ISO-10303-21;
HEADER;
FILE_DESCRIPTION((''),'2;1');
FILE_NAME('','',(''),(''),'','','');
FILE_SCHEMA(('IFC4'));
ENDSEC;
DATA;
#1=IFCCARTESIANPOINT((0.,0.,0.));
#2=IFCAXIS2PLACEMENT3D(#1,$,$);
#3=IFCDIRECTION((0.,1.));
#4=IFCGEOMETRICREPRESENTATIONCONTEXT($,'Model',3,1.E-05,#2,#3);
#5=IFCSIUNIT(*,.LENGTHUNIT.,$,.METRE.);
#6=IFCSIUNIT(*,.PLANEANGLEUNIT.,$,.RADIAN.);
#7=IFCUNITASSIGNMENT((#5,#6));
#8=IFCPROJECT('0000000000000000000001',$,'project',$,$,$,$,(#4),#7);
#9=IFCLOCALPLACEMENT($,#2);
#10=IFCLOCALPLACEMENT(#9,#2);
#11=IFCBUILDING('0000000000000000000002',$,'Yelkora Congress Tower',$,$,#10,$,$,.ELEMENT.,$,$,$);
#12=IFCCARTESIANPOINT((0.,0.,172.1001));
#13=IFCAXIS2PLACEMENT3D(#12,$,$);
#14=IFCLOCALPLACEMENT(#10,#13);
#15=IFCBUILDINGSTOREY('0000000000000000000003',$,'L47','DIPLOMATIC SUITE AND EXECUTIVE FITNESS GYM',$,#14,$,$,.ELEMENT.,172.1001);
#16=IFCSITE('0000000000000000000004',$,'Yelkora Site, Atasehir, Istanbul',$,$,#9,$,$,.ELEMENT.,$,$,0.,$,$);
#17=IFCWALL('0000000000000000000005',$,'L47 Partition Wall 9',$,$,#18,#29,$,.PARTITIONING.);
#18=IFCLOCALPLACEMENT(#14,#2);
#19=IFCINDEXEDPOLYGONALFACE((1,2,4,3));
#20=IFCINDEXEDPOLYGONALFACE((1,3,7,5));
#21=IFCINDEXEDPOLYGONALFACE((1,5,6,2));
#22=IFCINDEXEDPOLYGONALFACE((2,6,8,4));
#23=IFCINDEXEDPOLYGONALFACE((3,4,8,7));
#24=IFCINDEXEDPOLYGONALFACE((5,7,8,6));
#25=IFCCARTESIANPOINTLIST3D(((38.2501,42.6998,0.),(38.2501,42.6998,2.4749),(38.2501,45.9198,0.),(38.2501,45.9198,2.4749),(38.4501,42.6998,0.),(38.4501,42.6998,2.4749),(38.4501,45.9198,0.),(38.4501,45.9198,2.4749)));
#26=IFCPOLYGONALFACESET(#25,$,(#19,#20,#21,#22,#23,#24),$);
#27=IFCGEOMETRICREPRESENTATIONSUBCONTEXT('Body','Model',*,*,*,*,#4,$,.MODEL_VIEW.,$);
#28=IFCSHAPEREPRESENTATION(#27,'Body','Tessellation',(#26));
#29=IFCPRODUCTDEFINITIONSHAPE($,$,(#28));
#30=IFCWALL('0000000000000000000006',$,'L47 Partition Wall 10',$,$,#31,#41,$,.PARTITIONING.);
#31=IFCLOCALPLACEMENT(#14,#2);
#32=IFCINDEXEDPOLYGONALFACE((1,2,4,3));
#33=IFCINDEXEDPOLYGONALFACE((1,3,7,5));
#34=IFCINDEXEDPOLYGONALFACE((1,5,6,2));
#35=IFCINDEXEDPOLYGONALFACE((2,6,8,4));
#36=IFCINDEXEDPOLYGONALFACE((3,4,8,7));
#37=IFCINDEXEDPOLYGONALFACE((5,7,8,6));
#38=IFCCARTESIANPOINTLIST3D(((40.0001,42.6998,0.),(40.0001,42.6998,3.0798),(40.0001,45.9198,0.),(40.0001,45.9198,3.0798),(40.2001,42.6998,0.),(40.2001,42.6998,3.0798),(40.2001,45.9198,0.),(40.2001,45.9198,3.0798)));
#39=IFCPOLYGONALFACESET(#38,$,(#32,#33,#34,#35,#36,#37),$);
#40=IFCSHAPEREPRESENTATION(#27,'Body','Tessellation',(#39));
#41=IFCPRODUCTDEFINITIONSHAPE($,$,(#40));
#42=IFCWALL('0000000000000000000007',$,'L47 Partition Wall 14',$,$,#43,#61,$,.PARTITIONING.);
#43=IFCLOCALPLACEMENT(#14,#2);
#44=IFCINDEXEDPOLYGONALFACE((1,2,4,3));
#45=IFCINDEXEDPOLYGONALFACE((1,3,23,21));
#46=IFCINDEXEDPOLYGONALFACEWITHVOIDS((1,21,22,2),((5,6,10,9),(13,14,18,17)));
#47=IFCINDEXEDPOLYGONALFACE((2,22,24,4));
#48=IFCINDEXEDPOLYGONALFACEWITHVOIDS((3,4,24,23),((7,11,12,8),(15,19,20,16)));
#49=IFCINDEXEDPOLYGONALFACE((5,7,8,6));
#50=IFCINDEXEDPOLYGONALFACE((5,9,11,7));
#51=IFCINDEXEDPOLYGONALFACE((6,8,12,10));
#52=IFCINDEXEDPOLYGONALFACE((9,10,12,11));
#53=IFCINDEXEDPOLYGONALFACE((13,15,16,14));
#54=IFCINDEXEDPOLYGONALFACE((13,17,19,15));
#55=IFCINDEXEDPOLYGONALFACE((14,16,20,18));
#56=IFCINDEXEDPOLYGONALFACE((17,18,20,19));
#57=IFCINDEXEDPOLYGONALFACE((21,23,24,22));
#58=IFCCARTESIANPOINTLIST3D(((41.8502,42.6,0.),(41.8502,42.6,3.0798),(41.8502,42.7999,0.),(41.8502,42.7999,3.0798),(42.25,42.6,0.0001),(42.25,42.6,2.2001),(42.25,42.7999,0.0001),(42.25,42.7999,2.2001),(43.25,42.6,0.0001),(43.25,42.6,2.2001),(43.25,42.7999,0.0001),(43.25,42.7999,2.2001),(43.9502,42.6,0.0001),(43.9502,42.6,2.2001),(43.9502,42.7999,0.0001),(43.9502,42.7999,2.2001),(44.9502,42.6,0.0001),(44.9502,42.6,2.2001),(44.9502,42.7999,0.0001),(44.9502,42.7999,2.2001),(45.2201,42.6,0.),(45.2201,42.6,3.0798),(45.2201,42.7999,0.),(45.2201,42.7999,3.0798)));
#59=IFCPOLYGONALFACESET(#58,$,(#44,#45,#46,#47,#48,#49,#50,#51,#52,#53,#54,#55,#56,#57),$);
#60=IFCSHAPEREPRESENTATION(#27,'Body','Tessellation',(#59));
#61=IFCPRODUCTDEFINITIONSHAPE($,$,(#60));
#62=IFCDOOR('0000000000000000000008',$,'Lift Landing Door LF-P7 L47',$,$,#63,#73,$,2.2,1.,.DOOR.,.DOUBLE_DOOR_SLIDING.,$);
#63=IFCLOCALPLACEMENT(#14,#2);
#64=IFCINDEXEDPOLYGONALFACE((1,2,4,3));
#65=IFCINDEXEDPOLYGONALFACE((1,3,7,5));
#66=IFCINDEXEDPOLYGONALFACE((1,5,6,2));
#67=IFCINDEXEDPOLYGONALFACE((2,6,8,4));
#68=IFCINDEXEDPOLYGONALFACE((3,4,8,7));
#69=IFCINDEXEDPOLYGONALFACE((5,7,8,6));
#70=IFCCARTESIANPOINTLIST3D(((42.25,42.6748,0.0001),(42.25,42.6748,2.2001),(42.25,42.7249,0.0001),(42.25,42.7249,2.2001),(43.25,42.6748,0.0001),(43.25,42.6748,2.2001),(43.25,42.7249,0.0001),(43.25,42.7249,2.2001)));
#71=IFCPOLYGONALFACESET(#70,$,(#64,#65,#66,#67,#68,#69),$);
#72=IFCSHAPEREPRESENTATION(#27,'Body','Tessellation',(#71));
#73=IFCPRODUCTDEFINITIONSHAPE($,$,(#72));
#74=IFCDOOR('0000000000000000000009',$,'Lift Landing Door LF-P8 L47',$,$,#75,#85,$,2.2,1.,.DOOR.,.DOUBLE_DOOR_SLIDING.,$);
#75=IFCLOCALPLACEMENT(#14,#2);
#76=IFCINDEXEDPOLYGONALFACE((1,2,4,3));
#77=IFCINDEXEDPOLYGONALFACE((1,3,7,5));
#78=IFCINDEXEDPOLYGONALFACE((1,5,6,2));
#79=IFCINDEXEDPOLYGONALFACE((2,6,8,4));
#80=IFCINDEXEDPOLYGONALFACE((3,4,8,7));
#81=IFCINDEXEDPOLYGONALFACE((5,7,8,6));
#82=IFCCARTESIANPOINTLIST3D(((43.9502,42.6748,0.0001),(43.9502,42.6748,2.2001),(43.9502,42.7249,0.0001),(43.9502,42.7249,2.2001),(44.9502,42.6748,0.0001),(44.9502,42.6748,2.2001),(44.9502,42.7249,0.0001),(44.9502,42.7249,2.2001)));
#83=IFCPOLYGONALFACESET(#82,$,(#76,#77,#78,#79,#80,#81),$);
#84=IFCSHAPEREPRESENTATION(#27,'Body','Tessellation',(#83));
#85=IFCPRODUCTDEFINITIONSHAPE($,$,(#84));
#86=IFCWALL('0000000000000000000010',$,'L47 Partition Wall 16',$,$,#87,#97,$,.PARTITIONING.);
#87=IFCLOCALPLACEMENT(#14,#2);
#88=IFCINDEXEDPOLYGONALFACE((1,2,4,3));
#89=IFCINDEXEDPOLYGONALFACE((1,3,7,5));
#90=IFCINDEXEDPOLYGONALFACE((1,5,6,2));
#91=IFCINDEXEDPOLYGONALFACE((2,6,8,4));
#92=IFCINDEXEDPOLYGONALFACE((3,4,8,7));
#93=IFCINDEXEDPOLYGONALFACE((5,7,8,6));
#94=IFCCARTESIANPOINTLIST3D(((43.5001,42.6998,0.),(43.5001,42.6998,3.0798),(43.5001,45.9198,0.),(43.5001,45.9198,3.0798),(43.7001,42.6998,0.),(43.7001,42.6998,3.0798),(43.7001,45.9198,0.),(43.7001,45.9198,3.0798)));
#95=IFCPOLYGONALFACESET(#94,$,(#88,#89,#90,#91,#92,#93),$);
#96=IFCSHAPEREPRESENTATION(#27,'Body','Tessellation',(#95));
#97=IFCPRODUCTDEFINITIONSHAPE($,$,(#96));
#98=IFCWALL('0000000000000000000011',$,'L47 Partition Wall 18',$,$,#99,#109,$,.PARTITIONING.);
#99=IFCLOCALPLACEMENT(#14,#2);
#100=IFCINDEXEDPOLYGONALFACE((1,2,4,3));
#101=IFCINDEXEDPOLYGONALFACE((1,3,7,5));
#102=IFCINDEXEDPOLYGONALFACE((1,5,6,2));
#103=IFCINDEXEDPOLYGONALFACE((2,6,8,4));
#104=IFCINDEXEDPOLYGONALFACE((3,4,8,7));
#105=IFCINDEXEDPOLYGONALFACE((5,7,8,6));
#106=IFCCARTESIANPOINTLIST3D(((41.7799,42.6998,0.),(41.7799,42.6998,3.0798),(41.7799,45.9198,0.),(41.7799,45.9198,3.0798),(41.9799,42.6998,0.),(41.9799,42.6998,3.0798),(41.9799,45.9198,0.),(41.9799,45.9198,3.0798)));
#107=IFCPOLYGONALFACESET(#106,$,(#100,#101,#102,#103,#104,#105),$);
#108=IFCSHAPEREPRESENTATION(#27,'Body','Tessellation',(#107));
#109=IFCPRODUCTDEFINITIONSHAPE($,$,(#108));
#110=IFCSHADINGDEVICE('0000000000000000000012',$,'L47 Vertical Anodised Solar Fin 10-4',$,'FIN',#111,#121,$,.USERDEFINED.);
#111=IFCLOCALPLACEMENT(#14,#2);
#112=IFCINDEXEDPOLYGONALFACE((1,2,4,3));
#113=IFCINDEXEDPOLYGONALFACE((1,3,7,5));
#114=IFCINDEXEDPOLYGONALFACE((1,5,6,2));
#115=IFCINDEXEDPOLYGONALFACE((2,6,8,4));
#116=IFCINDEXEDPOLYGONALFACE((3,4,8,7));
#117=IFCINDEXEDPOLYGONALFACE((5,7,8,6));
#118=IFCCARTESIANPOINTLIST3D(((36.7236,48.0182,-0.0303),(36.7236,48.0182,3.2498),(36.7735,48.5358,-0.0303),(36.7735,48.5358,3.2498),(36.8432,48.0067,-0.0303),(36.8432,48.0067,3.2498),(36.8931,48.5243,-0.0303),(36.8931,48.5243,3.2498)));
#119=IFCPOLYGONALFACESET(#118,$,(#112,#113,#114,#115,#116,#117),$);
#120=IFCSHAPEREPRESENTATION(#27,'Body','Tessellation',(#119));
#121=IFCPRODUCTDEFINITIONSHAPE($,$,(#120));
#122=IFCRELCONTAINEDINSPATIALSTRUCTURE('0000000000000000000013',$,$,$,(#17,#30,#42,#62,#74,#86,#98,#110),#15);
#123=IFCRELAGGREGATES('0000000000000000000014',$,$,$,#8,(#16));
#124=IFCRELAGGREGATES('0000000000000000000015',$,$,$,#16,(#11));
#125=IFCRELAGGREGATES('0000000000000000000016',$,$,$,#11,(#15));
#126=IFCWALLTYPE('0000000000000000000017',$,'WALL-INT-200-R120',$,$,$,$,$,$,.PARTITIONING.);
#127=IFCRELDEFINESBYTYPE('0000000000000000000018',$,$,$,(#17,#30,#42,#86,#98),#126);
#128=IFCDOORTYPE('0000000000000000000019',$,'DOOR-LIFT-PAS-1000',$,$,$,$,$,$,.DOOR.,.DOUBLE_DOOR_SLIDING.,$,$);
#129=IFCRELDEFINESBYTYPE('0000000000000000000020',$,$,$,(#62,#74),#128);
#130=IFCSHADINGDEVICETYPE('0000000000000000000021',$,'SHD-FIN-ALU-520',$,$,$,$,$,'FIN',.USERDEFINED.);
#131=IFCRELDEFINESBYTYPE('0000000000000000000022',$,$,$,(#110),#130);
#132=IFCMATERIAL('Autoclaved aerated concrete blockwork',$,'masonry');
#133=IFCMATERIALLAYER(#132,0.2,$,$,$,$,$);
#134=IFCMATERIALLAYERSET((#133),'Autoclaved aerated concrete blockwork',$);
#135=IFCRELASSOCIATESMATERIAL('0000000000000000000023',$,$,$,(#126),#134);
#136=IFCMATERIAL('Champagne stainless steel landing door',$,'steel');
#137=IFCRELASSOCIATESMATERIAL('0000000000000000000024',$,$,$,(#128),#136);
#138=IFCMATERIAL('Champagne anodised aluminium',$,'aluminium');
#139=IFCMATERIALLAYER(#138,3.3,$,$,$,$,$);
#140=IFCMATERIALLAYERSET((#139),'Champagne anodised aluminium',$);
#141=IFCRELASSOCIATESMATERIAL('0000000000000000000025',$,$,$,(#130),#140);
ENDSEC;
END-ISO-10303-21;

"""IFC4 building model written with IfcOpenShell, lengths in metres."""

from ifc_helpers import new_model, si_unit, direction, frame, frame_2d, origin, origin_2d, place, context, subcontext, project, spatial, rectangle, extrude, material, layer, layer_set, type_object, element, fill, save


model = new_model("IFC4")

# Units and contexts
model_context = context("Model", 3, precision=1e-05, world=origin(), true_north=direction((0.0, 1.0)))
body_context = subcontext(model_context, "Body", "Model", "MODEL_VIEW")
ifc_project = project(units=[si_unit("LENGTHUNIT", "METRE"), si_unit("PLANEANGLEUNIT", "RADIAN")], contexts=[model_context])

# Site, building, storey
site_placement = place(None, origin())
site = spatial("IfcSite", under=ifc_project, at=site_placement, Name="Yelkora Site, Atasehir, Istanbul", CompositionType="ELEMENT", RefElevation=0.0)
building_placement = place(site_placement, origin())
building = spatial("IfcBuilding", under=site, at=building_placement, Name="Yelkora Congress Tower", CompositionType="ELEMENT")
storey_placement = place(building_placement, frame((0.0, 0.0, 172.1001)))
storey = spatial("IfcBuildingStorey", under=building, at=storey_placement, Name="L47", Description="DIPLOMATIC SUITE AND EXECUTIVE FITNESS GYM", CompositionType="ELEMENT", Elevation=172.1001)

# Walls
ifc_material_1 = material(Name="Autoclaved aerated concrete blockwork", Category="masonry")
ifc_layer_1 = layer(ifc_material_1, 0.2)
ifc_layer_set_1 = layer_set([ifc_layer_1], Name="Autoclaved aerated concrete blockwork")
wall_type = type_object("IfcWallType", Name="WALL-INT-200-R120", PredefinedType="PARTITIONING", material=ifc_layer_set_1)
wall_1_placement = place(storey_placement, frame((38.3501, 42.7, 0.0), z_axis=(0.0, 0.0, 1.0), x_axis=(0.0, 1.0, 0.0)))
element("IfcWall", 1, at=wall_1_placement, inside=storey, type_object=wall_type, Name="L47 Partition Wall 9", PredefinedType="PARTITIONING", context=body_context, shape_type="SweptSolid", body=[
    extrude(rectangle(XDim=3.22, YDim=0.2, at=frame_2d((1.6099, 0.0))), origin(), (0.0, 0.0, 1.0), 2.4749),
])
wall_2_placement = place(storey_placement, frame((40.1001, 42.7, 0.0), z_axis=(0.0, 0.0, 1.0), x_axis=(0.0, 1.0, 0.0)))
element("IfcWall", 2, at=wall_2_placement, inside=storey, type_object=wall_type, Name="L47 Partition Wall 10", PredefinedType="PARTITIONING", context=body_context, shape_type="SweptSolid", body=[
    extrude(rectangle(XDim=3.22, YDim=0.2, at=frame_2d((1.6099, 0.0))), origin(), (0.0, 0.0, 1.0), 3.0798),
])

# Wall, openings, doors
wall_3_placement = place(storey_placement, frame((41.8501, 42.7, 0.0), z_axis=(0.0, 0.0, 1.0), x_axis=(1.0, 0.0, 0.0)))
wall_3 = element("IfcWall", 3, at=wall_3_placement, inside=storey, type_object=wall_type, Name="L47 Partition Wall 14", PredefinedType="PARTITIONING", context=body_context, shape_type="SweptSolid", body=[
    extrude(rectangle(XDim=3.3699, YDim=0.2, at=frame_2d((1.6851, 0.0))), origin(), (0.0, 0.0, 1.0), 3.0798),
])
opening_1_placement = place(wall_3_placement, frame((0.3999, 0.0, 0.0)))
opening_1 = element("IfcOpeningElement", 4, at=opening_1_placement, cuts=wall_3, PredefinedType="OPENING", context=body_context, shape_type="SweptSolid", body=[
    extrude(rectangle(XDim=1.0, YDim=2.2, at=frame_2d((0.5, 1.1001))), frame((0.0, 0.1099, 0.0), z_axis=(0.0, -1.0, 0.0), x_axis=(1.0, 0.0, 0.0)), (0.0, 0.0, 1.0), 0.22),
])
opening_2_placement = place(wall_3_placement, frame((2.1001, 0.0, 0.0)))
opening_2 = element("IfcOpeningElement", 5, at=opening_2_placement, cuts=wall_3, PredefinedType="OPENING", context=body_context, shape_type="SweptSolid", body=[
    extrude(rectangle(XDim=1.0, YDim=2.2, at=frame_2d((0.5, 1.1001))), frame((0.0, 0.1099, 0.0), z_axis=(0.0, -1.0, 0.0), x_axis=(1.0, 0.0, 0.0)), (0.0, 0.0, 1.0), 0.22),
])
ifc_material_2 = material(Name="Champagne stainless steel landing door", Category="steel")
door_type = type_object("IfcDoorType", Name="DOOR-LIFT-PAS-1000", OperationType="DOUBLE_DOOR_SLIDING", PredefinedType="DOOR", material=ifc_material_2)
door_1_placement = place(opening_1_placement, origin())
door_1 = element("IfcDoor", 6, at=door_1_placement, inside=storey, type_object=door_type, Name="Lift Landing Door LF-P7 L47", OperationType="DOUBLE_DOOR_SLIDING", OverallHeight=2.2, OverallWidth=1.0, PredefinedType="DOOR", context=body_context, shape_type="SweptSolid", body=[
    extrude(rectangle(XDim=1.0, YDim=2.2, at=frame_2d((0.5, 1.1001))), frame((0.0, 0.0249, 0.0), z_axis=(0.0, -1.0, 0.0), x_axis=(1.0, 0.0, 0.0)), (0.0, 0.0, 1.0), 0.05),
])
fill(opening_1, door_1)
door_2_placement = place(opening_2_placement, origin())
door_2 = element("IfcDoor", 7, at=door_2_placement, inside=storey, type_object=door_type, Name="Lift Landing Door LF-P8 L47", OperationType="DOUBLE_DOOR_SLIDING", OverallHeight=2.2, OverallWidth=1.0, PredefinedType="DOOR", context=body_context, shape_type="SweptSolid", body=[
    extrude(rectangle(XDim=1.0, YDim=2.2, at=frame_2d((0.5, 1.1001))), frame((0.0, 0.0249, 0.0), z_axis=(0.0, -1.0, 0.0), x_axis=(1.0, 0.0, 0.0)), (0.0, 0.0, 1.0), 0.05),
])
fill(opening_2, door_2)

# Walls
for number, where, z_axis, x_axis, name in (
    (8, (43.6001, 42.7, 0.0), (0.0, 0.0, 1.0), (0.0, 1.0, 0.0), "L47 Partition Wall 16"),
    (9, (41.8799, 42.7, 0.0), (0.0, 0.0, 1.0), (0.0, 1.0, 0.0), "L47 Partition Wall 18"),
):
    element("IfcWall", number, at=place(storey_placement, frame(where, z_axis=z_axis, x_axis=x_axis)), inside=storey, type_object=wall_type, Name=name, PredefinedType="PARTITIONING", context=body_context, shape_type="SweptSolid", body=[
        extrude(rectangle(XDim=3.22, YDim=0.2, at=frame_2d((1.6099, 0.0))), origin(), (0.0, 0.0, 1.0), 3.0798),
    ])

# Shading device
ifc_material_3 = material(Name="Champagne anodised aluminium", Category="aluminium")
ifc_layer_2 = layer(ifc_material_3, 3.3)
ifc_layer_set_2 = layer_set([ifc_layer_2], Name="Champagne anodised aluminium")
shading_device_type = type_object("IfcShadingDeviceType", Name="SHD-FIN-ALU-520", ElementType="FIN", PredefinedType="USERDEFINED", material=ifc_layer_set_2)
shading_device_placement = place(storey_placement, frame((36.8083, 48.2712, -0.0303), z_axis=(0.0, 0.0, 1.0), x_axis=(0.995396, -0.095846, 0.0)))
element("IfcShadingDevice", 10, at=shading_device_placement, inside=storey, type_object=shading_device_type, Name="L47 Vertical Anodised Solar Fin 10-4", ObjectType="FIN", PredefinedType="USERDEFINED", context=body_context, shape_type="SweptSolid", body=[
    extrude(rectangle(XDim=0.1201, YDim=0.52, at=origin_2d()), origin(), (0.0, 0.0, 1.0), 3.28),
])

save(model, "model.ifc")
